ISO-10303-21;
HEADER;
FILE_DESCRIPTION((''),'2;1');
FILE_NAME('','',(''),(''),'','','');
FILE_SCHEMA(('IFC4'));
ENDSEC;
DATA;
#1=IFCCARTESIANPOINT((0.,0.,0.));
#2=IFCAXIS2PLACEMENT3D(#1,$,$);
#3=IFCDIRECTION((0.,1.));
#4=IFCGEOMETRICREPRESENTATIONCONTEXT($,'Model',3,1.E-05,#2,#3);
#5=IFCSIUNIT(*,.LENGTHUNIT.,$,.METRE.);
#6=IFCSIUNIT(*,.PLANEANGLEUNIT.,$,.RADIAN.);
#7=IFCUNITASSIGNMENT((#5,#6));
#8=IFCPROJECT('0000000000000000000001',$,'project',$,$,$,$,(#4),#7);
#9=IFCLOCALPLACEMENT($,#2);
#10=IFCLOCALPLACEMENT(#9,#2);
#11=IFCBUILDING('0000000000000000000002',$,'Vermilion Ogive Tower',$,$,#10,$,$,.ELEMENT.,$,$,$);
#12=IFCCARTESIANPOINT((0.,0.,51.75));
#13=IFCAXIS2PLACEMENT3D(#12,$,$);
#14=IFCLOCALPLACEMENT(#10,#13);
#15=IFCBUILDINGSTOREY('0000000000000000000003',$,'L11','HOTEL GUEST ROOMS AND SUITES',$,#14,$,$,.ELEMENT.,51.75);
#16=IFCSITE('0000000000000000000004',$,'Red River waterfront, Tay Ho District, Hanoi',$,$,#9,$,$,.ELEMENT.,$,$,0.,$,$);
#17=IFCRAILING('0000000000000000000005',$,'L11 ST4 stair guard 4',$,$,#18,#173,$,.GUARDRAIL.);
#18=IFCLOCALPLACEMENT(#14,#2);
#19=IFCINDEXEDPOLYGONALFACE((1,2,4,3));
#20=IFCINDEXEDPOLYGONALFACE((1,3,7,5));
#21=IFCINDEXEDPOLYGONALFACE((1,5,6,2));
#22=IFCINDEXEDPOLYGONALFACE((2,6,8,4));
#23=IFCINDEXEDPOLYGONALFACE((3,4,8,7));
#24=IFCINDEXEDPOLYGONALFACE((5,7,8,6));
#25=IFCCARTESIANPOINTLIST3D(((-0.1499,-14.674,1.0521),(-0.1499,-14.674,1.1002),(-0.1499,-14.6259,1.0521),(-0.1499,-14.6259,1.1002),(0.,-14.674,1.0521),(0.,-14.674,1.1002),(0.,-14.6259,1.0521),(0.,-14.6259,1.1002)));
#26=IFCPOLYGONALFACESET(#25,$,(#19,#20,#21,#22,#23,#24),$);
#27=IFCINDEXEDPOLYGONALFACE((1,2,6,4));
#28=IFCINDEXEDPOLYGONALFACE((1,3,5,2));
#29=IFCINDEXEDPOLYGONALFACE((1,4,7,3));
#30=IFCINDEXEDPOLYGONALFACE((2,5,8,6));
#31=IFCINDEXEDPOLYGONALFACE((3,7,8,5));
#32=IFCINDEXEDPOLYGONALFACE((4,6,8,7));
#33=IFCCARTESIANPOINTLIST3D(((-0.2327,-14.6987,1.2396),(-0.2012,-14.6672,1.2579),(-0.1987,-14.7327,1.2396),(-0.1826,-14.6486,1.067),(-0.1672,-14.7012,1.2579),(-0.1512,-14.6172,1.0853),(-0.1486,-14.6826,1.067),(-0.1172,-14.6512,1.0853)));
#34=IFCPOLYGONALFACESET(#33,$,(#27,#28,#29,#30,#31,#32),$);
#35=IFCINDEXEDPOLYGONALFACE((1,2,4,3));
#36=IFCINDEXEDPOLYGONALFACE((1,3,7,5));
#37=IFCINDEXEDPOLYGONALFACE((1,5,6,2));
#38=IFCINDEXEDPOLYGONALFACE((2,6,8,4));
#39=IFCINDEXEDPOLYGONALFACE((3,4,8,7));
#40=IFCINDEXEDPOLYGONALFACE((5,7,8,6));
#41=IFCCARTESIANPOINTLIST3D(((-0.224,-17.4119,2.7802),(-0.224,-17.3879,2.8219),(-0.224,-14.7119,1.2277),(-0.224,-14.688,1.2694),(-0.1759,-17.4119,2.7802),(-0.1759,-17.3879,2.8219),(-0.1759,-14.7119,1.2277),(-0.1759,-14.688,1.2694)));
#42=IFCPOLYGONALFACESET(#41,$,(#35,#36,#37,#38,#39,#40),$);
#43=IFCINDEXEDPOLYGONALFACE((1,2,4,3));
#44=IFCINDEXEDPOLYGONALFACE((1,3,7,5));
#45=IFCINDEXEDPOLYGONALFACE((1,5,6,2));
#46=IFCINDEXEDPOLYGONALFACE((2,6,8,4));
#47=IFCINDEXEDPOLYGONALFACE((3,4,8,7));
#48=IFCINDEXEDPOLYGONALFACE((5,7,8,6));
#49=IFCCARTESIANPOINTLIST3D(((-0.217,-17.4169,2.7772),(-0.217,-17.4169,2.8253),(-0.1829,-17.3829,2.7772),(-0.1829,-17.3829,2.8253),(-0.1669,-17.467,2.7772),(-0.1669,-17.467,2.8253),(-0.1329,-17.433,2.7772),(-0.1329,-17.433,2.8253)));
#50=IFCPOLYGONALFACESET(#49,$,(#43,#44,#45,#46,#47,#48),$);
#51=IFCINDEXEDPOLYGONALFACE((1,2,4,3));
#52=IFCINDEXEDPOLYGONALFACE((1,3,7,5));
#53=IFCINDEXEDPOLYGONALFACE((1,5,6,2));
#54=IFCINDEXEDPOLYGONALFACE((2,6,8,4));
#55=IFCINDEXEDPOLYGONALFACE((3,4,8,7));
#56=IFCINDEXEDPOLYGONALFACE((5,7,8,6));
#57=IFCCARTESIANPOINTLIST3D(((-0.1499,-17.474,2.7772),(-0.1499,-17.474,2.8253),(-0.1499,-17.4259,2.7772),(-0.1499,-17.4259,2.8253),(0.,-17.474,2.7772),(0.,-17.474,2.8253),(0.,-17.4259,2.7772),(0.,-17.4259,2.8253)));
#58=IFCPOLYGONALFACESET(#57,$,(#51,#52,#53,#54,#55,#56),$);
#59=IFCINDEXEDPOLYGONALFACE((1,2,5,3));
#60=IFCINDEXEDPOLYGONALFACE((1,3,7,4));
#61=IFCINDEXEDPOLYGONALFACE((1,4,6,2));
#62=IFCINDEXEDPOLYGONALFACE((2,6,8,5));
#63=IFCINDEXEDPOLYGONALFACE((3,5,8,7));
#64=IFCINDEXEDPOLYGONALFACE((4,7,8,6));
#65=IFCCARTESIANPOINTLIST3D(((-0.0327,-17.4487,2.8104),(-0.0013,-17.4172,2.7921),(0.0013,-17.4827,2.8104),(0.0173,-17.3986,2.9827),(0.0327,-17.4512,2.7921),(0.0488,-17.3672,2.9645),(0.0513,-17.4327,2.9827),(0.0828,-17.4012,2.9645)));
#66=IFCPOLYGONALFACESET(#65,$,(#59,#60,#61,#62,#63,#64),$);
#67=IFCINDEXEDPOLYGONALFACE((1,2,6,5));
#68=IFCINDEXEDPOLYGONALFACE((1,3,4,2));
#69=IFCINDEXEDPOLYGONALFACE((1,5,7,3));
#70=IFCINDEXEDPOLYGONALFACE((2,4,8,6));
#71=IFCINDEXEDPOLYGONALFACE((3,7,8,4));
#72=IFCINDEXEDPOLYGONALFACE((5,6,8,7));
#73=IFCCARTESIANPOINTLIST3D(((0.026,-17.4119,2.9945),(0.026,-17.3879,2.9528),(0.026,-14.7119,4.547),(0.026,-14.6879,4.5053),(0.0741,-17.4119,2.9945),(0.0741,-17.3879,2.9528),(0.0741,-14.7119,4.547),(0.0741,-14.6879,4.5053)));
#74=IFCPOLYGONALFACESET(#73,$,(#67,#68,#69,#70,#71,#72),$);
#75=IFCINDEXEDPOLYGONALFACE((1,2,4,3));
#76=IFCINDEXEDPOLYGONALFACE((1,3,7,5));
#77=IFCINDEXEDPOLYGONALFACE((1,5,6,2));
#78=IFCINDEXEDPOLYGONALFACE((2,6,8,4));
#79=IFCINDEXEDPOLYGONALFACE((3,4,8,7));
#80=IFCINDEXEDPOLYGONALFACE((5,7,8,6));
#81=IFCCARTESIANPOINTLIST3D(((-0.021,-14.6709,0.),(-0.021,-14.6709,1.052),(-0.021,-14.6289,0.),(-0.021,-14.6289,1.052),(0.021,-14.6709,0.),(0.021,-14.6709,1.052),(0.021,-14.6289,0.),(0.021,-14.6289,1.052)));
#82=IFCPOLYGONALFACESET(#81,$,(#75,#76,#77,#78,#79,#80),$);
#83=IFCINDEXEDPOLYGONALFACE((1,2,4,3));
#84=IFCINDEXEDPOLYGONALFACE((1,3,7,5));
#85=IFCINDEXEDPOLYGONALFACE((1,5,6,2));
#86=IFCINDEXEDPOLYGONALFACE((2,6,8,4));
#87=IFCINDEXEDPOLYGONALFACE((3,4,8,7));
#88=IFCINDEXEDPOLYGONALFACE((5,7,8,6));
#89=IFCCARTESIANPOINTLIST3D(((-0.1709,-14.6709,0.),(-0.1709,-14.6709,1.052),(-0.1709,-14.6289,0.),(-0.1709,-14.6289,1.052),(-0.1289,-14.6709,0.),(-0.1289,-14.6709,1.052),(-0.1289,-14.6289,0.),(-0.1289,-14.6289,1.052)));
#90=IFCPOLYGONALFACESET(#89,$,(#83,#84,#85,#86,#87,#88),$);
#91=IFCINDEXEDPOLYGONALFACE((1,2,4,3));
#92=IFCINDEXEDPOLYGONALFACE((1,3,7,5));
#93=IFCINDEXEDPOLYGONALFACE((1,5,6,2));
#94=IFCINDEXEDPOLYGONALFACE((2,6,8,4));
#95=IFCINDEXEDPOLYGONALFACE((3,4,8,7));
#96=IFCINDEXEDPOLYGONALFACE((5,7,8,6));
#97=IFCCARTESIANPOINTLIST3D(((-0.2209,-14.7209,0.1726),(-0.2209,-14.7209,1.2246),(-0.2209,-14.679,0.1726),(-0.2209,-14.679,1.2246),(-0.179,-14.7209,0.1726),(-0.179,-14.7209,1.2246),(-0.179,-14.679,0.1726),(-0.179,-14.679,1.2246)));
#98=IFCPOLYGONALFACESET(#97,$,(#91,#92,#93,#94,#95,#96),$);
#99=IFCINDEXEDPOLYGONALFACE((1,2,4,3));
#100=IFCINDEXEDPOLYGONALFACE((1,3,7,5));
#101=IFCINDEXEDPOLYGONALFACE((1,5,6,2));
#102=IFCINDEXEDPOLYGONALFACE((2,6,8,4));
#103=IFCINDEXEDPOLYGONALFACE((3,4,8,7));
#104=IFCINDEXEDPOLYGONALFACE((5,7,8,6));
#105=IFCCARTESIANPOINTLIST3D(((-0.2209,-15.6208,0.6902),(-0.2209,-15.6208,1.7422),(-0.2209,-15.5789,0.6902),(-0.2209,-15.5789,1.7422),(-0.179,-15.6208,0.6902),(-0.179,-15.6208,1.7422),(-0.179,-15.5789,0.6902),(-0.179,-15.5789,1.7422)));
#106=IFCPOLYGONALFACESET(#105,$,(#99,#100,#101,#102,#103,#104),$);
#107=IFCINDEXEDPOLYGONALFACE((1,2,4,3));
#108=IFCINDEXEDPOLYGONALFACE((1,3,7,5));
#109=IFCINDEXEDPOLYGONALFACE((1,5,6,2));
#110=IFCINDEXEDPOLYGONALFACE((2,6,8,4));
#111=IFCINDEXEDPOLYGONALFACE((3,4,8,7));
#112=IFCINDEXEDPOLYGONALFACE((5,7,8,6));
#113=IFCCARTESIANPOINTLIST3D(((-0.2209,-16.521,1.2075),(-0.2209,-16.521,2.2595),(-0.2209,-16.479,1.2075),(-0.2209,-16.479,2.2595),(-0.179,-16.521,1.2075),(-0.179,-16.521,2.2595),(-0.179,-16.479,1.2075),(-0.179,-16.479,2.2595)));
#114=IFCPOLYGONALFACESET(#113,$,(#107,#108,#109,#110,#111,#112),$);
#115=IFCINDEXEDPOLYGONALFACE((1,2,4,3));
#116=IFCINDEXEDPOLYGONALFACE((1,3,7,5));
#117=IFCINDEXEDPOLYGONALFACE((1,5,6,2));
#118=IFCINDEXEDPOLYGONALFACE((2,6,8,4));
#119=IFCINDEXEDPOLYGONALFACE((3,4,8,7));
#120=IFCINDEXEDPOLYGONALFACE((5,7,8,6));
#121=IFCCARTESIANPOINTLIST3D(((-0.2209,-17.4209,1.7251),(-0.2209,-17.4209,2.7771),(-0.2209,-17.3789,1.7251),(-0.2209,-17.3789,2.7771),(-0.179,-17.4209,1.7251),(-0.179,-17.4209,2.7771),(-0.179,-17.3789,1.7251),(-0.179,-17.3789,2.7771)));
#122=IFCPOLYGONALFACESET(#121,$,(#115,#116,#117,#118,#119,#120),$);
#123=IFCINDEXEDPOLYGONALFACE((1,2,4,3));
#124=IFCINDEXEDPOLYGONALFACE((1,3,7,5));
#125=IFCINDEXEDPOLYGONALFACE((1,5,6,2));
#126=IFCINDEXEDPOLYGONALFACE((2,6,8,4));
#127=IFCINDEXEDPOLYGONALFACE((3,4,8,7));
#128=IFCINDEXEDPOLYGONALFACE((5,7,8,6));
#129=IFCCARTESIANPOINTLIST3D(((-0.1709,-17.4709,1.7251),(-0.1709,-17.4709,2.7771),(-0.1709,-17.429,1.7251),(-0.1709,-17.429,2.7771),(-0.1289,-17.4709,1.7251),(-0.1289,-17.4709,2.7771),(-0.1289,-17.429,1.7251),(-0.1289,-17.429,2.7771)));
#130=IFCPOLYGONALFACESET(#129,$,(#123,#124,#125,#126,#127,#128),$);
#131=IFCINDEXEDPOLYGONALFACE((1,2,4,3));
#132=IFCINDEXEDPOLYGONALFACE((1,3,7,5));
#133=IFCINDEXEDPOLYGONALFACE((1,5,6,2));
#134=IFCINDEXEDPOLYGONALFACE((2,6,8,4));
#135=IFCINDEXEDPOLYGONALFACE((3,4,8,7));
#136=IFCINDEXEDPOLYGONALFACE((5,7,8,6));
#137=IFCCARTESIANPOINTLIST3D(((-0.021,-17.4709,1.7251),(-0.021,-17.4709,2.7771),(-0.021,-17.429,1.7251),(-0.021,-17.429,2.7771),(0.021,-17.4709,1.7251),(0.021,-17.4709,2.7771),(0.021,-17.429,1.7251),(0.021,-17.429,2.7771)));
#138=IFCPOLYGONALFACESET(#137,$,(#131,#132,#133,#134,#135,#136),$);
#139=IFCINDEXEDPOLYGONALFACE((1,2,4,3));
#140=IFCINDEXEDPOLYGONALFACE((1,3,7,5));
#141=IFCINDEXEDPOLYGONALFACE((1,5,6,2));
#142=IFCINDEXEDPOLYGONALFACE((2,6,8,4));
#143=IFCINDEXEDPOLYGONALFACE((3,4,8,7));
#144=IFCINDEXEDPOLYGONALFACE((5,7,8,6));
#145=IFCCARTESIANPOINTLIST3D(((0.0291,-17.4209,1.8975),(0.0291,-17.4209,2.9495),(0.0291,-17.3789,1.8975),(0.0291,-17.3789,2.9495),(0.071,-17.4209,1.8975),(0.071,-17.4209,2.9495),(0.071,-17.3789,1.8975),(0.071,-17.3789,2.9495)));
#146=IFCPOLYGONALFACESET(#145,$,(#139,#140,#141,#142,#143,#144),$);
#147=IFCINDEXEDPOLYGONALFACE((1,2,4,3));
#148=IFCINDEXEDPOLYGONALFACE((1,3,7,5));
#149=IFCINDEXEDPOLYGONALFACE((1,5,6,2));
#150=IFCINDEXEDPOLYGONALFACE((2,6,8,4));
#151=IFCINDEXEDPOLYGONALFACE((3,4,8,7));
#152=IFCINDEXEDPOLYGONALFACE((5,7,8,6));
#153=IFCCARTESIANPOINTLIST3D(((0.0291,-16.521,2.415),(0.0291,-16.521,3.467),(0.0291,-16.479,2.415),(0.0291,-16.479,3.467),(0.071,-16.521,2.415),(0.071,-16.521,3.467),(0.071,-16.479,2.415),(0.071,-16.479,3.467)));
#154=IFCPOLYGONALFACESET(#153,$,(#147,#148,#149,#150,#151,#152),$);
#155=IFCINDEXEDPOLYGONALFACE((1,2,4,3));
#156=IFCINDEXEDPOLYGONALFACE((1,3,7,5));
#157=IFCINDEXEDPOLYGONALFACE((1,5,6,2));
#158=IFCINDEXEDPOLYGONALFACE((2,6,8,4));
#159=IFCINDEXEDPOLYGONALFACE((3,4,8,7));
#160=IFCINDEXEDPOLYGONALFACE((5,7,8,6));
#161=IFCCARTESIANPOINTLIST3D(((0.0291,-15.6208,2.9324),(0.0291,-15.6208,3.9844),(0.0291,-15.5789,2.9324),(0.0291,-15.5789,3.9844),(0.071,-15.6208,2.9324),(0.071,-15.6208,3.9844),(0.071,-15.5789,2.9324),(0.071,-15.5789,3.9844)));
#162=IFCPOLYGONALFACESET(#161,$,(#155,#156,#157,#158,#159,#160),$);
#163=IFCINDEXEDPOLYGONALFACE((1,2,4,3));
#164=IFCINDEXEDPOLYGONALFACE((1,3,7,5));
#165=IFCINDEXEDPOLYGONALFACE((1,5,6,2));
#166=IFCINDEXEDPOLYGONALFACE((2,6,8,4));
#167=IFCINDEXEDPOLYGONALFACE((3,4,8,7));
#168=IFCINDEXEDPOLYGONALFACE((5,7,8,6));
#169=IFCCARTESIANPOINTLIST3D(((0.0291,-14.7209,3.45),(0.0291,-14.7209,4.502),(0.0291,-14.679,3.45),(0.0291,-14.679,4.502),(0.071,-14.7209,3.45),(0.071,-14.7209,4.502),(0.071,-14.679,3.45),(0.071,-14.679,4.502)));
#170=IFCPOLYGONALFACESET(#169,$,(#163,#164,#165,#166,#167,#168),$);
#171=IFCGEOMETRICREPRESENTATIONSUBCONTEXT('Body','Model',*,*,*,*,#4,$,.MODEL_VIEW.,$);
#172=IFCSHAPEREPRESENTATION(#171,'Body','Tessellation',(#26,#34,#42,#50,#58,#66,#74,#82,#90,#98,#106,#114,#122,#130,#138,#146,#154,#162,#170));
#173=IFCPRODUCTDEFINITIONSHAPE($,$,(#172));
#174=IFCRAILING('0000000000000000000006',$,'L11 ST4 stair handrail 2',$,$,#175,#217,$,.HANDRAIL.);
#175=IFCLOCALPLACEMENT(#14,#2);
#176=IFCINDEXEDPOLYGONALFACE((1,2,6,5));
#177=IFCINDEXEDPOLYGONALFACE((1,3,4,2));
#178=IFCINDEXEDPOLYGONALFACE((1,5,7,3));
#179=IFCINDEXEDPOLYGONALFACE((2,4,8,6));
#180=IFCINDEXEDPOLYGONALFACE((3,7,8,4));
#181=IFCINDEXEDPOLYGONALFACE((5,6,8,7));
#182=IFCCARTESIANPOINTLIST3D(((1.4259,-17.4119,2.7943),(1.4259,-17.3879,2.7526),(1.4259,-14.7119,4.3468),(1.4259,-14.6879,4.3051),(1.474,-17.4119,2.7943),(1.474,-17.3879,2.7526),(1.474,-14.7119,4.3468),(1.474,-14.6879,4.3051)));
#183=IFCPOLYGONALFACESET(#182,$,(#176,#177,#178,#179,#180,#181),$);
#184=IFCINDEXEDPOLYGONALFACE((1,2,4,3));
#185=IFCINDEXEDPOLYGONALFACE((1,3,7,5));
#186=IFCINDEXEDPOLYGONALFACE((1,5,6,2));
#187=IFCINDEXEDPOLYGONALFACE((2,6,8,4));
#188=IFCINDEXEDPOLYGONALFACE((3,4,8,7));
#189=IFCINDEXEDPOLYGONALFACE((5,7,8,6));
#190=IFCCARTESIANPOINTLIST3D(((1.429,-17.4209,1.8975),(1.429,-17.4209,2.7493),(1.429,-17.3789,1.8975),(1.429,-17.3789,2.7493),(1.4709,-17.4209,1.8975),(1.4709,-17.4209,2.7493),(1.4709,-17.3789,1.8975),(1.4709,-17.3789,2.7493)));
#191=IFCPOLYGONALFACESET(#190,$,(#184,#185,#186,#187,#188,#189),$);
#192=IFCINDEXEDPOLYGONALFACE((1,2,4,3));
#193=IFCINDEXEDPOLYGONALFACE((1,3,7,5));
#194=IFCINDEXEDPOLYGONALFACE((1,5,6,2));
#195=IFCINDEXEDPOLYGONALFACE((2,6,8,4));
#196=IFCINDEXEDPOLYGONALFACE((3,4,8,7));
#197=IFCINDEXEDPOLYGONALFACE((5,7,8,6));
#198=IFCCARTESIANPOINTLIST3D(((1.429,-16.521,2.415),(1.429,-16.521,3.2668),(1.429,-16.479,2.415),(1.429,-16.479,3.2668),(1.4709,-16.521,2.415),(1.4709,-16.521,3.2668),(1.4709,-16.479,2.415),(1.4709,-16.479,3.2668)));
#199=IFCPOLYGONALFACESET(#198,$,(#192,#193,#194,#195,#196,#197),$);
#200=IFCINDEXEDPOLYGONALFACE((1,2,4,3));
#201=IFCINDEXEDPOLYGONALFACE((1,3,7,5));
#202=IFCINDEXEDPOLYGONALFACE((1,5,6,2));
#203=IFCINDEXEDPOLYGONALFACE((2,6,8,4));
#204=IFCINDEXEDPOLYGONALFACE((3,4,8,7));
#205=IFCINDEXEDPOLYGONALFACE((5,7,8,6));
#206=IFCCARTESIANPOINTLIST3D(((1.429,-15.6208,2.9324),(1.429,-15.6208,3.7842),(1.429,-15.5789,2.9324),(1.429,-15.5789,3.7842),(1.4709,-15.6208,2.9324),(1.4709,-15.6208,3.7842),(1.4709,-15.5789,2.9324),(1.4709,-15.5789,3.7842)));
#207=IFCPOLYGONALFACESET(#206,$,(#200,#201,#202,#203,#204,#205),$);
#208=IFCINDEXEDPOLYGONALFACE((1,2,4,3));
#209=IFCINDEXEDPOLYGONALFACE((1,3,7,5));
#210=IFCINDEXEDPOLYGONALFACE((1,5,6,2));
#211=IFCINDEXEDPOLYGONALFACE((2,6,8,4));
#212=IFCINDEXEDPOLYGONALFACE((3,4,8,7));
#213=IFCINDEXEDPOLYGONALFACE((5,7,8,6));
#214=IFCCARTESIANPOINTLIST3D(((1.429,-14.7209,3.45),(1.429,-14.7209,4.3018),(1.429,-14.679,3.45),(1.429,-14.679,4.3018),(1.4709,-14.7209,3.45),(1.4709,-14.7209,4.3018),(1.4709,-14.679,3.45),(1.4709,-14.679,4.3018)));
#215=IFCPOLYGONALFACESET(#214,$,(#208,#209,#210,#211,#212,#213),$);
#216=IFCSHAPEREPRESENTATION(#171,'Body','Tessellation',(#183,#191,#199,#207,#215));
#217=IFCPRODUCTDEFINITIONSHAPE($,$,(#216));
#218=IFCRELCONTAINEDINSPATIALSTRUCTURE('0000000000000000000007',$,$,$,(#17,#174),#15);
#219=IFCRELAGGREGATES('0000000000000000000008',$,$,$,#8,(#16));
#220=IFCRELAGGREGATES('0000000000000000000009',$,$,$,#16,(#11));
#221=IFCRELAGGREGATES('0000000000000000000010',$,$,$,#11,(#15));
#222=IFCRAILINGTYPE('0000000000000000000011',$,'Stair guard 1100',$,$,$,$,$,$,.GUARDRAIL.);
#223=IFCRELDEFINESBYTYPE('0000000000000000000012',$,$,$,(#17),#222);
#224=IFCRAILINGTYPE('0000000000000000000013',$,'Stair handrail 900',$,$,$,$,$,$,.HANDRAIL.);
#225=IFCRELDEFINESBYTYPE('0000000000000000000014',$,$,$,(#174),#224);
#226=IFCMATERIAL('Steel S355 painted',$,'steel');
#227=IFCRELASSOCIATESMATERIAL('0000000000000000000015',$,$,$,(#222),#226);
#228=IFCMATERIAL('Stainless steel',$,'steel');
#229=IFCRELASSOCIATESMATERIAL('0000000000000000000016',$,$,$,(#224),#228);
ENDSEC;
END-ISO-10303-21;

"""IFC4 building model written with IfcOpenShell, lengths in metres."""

from ifc_helpers import new_model, si_unit, direction, frame, origin, origin_2d, place, context, subcontext, project, spatial, rectangle, extrude, material, type_object, element, save


model = new_model("IFC4")

# Units and contexts
model_context = context("Model", 3, precision=1e-05, world=origin(), true_north=direction((0.0, 1.0)))
body_context = subcontext(model_context, "Body", "Model", "MODEL_VIEW")
ifc_project = project(units=[si_unit("LENGTHUNIT", "METRE"), si_unit("PLANEANGLEUNIT", "RADIAN")], contexts=[model_context])

# Site, building, storey
site_placement = place(None, origin())
site = spatial("IfcSite", under=ifc_project, at=site_placement, Name="Red River waterfront, Tay Ho District, Hanoi", CompositionType="ELEMENT", RefElevation=0.0)
building_placement = place(site_placement, origin())
building = spatial("IfcBuilding", under=site, at=building_placement, Name="Vermilion Ogive Tower", CompositionType="ELEMENT")
storey_placement = place(building_placement, frame((0.0, 0.0, 51.75)))
storey = spatial("IfcBuildingStorey", under=building, at=storey_placement, Name="L11", Description="HOTEL GUEST ROOMS AND SUITES", CompositionType="ELEMENT", Elevation=51.75)

# Railings
ifc_material_1 = material(Name="Steel S355 painted", Category="steel")
railing_type_1 = type_object("IfcRailingType", Name="Stair guard 1100", PredefinedType="GUARDRAIL", material=ifc_material_1)
railing_1_placement = place(storey_placement, frame((0.0, -14.6499, 0.0)))
element("IfcRailing", 1, at=railing_1_placement, inside=storey, type_object=railing_type_1, Name="L11 ST4 stair guard 4", PredefinedType="GUARDRAIL", context=body_context, shape_type="SweptSolid", body=[
    extrude(rectangle(XDim=0.0481, YDim=0.0481, at=origin_2d()), frame((0.0, 0.0, 1.0762), z_axis=(-1.0, 0.0, 0.0), x_axis=(0.0, -1.0, 0.0)), (0.0, 0.0, 1.0), 0.1499),
    extrude(rectangle(XDim=0.0481, YDim=0.0481, at=origin_2d()), frame((-0.1499, 0.0, 1.0762), z_axis=(-0.268278, -0.268278, 0.925232), x_axis=(0.707107, -0.707107, 0.0)), (0.0, 0.0, 1.0), 0.1865),
    extrude(rectangle(XDim=0.0481, YDim=0.0481, at=origin_2d()), frame((-0.2, -0.05, 1.2485), z_axis=(0.0, -0.866904, 0.498476), x_axis=(1.0, 0.0, 0.0)), (0.0, 0.0, 1.0), 3.1145),
    extrude(rectangle(XDim=0.0481, YDim=0.0481, at=origin_2d()), frame((-0.2, -2.75, 2.8013), z_axis=(0.707107, -0.707107, 0.0), x_axis=(0.707107, 0.707107, 0.0)), (0.0, 0.0, 1.0), 0.0708),
    extrude(rectangle(XDim=0.0481, YDim=0.0481, at=origin_2d()), frame((-0.1499, -2.8, 2.8013), z_axis=(1.0, 0.0, 0.0), x_axis=(0.0, 1.0, 0.0)), (0.0, 0.0, 1.0), 0.1499),
    extrude(rectangle(XDim=0.0481, YDim=0.0481, at=origin_2d()), frame((0.0, -2.8, 2.8013), z_axis=(0.268603, 0.268603, 0.925043), x_axis=(-0.707107, 0.707107, 0.0)), (0.0, 0.0, 1.0), 0.1863),
    extrude(rectangle(XDim=0.0481, YDim=0.0481, at=origin_2d()), frame((0.05, -2.75, 2.9736), z_axis=(0.0, 0.866904, 0.498476), x_axis=(-1.0, 0.0, 0.0)), (0.0, 0.0, 1.0), 3.1145),
    extrude(rectangle(XDim=0.042, YDim=0.042, at=origin_2d()), origin(), (0.0, 0.0, 1.0), 1.052),
    extrude(rectangle(XDim=0.042, YDim=0.042, at=origin_2d()), frame((-0.1499, 0.0, 0.0)), (0.0, 0.0, 1.0), 1.052),
    extrude(rectangle(XDim=0.042, YDim=0.042, at=origin_2d()), frame((-0.2, -0.05, 0.1726)), (0.0, 0.0, 1.0), 1.052),
    extrude(rectangle(XDim=0.042, YDim=0.042, at=origin_2d()), frame((-0.2, -0.95, 0.6902)), (0.0, 0.0, 1.0), 1.052),
    extrude(rectangle(XDim=0.042, YDim=0.042, at=origin_2d()), frame((-0.2, -1.8501, 1.2075)), (0.0, 0.0, 1.0), 1.052),
    extrude(rectangle(XDim=0.042, YDim=0.042, at=origin_2d()), frame((-0.2, -2.75, 1.7251)), (0.0, 0.0, 1.0), 1.052),
    extrude(rectangle(XDim=0.042, YDim=0.042, at=origin_2d()), frame((-0.1499, -2.8, 1.7251)), (0.0, 0.0, 1.0), 1.052),
    extrude(rectangle(XDim=0.042, YDim=0.042, at=origin_2d()), frame((0.0, -2.8, 1.7251)), (0.0, 0.0, 1.0), 1.052),
    extrude(rectangle(XDim=0.042, YDim=0.042, at=origin_2d()), frame((0.05, -2.75, 1.8975)), (0.0, 0.0, 1.0), 1.052),
    extrude(rectangle(XDim=0.042, YDim=0.042, at=origin_2d()), frame((0.05, -1.8501, 2.415)), (0.0, 0.0, 1.0), 1.052),
    extrude(rectangle(XDim=0.042, YDim=0.042, at=origin_2d()), frame((0.05, -0.95, 2.9324)), (0.0, 0.0, 1.0), 1.052),
    extrude(rectangle(XDim=0.042, YDim=0.042, at=origin_2d()), frame((0.05, -0.05, 3.45)), (0.0, 0.0, 1.0), 1.052),
])
ifc_material_2 = material(Name="Stainless steel", Category="steel")
railing_type_2 = type_object("IfcRailingType", Name="Stair handrail 900", PredefinedType="HANDRAIL", material=ifc_material_2)
railing_2_placement = place(storey_placement, frame((1.45, -17.3999, 1.8975)))
element("IfcRailing", 2, at=railing_2_placement, inside=storey, type_object=railing_type_2, Name="L11 ST4 stair handrail 2", PredefinedType="HANDRAIL", context=body_context, shape_type="SweptSolid", body=[
    extrude(rectangle(XDim=0.0481, YDim=0.0481, at=origin_2d()), frame((0.0, 0.0, 0.876), z_axis=(0.0, 0.866904, 0.498476), x_axis=(-1.0, 0.0, 0.0)), (0.0, 0.0, 1.0), 3.1145),
    extrude(rectangle(XDim=0.042, YDim=0.042, at=origin_2d()), origin(), (0.0, 0.0, 1.0), 0.8518),
    extrude(rectangle(XDim=0.042, YDim=0.042, at=origin_2d()), frame((0.0, 0.8999, 0.5176)), (0.0, 0.0, 1.0), 0.8518),
    extrude(rectangle(XDim=0.042, YDim=0.042, at=origin_2d()), frame((0.0, 1.8, 1.0349)), (0.0, 0.0, 1.0), 0.8518),
    extrude(rectangle(XDim=0.042, YDim=0.042, at=origin_2d()), frame((0.0, 2.7, 1.5525)), (0.0, 0.0, 1.0), 0.8518),
])

save(model, "model.ifc")
